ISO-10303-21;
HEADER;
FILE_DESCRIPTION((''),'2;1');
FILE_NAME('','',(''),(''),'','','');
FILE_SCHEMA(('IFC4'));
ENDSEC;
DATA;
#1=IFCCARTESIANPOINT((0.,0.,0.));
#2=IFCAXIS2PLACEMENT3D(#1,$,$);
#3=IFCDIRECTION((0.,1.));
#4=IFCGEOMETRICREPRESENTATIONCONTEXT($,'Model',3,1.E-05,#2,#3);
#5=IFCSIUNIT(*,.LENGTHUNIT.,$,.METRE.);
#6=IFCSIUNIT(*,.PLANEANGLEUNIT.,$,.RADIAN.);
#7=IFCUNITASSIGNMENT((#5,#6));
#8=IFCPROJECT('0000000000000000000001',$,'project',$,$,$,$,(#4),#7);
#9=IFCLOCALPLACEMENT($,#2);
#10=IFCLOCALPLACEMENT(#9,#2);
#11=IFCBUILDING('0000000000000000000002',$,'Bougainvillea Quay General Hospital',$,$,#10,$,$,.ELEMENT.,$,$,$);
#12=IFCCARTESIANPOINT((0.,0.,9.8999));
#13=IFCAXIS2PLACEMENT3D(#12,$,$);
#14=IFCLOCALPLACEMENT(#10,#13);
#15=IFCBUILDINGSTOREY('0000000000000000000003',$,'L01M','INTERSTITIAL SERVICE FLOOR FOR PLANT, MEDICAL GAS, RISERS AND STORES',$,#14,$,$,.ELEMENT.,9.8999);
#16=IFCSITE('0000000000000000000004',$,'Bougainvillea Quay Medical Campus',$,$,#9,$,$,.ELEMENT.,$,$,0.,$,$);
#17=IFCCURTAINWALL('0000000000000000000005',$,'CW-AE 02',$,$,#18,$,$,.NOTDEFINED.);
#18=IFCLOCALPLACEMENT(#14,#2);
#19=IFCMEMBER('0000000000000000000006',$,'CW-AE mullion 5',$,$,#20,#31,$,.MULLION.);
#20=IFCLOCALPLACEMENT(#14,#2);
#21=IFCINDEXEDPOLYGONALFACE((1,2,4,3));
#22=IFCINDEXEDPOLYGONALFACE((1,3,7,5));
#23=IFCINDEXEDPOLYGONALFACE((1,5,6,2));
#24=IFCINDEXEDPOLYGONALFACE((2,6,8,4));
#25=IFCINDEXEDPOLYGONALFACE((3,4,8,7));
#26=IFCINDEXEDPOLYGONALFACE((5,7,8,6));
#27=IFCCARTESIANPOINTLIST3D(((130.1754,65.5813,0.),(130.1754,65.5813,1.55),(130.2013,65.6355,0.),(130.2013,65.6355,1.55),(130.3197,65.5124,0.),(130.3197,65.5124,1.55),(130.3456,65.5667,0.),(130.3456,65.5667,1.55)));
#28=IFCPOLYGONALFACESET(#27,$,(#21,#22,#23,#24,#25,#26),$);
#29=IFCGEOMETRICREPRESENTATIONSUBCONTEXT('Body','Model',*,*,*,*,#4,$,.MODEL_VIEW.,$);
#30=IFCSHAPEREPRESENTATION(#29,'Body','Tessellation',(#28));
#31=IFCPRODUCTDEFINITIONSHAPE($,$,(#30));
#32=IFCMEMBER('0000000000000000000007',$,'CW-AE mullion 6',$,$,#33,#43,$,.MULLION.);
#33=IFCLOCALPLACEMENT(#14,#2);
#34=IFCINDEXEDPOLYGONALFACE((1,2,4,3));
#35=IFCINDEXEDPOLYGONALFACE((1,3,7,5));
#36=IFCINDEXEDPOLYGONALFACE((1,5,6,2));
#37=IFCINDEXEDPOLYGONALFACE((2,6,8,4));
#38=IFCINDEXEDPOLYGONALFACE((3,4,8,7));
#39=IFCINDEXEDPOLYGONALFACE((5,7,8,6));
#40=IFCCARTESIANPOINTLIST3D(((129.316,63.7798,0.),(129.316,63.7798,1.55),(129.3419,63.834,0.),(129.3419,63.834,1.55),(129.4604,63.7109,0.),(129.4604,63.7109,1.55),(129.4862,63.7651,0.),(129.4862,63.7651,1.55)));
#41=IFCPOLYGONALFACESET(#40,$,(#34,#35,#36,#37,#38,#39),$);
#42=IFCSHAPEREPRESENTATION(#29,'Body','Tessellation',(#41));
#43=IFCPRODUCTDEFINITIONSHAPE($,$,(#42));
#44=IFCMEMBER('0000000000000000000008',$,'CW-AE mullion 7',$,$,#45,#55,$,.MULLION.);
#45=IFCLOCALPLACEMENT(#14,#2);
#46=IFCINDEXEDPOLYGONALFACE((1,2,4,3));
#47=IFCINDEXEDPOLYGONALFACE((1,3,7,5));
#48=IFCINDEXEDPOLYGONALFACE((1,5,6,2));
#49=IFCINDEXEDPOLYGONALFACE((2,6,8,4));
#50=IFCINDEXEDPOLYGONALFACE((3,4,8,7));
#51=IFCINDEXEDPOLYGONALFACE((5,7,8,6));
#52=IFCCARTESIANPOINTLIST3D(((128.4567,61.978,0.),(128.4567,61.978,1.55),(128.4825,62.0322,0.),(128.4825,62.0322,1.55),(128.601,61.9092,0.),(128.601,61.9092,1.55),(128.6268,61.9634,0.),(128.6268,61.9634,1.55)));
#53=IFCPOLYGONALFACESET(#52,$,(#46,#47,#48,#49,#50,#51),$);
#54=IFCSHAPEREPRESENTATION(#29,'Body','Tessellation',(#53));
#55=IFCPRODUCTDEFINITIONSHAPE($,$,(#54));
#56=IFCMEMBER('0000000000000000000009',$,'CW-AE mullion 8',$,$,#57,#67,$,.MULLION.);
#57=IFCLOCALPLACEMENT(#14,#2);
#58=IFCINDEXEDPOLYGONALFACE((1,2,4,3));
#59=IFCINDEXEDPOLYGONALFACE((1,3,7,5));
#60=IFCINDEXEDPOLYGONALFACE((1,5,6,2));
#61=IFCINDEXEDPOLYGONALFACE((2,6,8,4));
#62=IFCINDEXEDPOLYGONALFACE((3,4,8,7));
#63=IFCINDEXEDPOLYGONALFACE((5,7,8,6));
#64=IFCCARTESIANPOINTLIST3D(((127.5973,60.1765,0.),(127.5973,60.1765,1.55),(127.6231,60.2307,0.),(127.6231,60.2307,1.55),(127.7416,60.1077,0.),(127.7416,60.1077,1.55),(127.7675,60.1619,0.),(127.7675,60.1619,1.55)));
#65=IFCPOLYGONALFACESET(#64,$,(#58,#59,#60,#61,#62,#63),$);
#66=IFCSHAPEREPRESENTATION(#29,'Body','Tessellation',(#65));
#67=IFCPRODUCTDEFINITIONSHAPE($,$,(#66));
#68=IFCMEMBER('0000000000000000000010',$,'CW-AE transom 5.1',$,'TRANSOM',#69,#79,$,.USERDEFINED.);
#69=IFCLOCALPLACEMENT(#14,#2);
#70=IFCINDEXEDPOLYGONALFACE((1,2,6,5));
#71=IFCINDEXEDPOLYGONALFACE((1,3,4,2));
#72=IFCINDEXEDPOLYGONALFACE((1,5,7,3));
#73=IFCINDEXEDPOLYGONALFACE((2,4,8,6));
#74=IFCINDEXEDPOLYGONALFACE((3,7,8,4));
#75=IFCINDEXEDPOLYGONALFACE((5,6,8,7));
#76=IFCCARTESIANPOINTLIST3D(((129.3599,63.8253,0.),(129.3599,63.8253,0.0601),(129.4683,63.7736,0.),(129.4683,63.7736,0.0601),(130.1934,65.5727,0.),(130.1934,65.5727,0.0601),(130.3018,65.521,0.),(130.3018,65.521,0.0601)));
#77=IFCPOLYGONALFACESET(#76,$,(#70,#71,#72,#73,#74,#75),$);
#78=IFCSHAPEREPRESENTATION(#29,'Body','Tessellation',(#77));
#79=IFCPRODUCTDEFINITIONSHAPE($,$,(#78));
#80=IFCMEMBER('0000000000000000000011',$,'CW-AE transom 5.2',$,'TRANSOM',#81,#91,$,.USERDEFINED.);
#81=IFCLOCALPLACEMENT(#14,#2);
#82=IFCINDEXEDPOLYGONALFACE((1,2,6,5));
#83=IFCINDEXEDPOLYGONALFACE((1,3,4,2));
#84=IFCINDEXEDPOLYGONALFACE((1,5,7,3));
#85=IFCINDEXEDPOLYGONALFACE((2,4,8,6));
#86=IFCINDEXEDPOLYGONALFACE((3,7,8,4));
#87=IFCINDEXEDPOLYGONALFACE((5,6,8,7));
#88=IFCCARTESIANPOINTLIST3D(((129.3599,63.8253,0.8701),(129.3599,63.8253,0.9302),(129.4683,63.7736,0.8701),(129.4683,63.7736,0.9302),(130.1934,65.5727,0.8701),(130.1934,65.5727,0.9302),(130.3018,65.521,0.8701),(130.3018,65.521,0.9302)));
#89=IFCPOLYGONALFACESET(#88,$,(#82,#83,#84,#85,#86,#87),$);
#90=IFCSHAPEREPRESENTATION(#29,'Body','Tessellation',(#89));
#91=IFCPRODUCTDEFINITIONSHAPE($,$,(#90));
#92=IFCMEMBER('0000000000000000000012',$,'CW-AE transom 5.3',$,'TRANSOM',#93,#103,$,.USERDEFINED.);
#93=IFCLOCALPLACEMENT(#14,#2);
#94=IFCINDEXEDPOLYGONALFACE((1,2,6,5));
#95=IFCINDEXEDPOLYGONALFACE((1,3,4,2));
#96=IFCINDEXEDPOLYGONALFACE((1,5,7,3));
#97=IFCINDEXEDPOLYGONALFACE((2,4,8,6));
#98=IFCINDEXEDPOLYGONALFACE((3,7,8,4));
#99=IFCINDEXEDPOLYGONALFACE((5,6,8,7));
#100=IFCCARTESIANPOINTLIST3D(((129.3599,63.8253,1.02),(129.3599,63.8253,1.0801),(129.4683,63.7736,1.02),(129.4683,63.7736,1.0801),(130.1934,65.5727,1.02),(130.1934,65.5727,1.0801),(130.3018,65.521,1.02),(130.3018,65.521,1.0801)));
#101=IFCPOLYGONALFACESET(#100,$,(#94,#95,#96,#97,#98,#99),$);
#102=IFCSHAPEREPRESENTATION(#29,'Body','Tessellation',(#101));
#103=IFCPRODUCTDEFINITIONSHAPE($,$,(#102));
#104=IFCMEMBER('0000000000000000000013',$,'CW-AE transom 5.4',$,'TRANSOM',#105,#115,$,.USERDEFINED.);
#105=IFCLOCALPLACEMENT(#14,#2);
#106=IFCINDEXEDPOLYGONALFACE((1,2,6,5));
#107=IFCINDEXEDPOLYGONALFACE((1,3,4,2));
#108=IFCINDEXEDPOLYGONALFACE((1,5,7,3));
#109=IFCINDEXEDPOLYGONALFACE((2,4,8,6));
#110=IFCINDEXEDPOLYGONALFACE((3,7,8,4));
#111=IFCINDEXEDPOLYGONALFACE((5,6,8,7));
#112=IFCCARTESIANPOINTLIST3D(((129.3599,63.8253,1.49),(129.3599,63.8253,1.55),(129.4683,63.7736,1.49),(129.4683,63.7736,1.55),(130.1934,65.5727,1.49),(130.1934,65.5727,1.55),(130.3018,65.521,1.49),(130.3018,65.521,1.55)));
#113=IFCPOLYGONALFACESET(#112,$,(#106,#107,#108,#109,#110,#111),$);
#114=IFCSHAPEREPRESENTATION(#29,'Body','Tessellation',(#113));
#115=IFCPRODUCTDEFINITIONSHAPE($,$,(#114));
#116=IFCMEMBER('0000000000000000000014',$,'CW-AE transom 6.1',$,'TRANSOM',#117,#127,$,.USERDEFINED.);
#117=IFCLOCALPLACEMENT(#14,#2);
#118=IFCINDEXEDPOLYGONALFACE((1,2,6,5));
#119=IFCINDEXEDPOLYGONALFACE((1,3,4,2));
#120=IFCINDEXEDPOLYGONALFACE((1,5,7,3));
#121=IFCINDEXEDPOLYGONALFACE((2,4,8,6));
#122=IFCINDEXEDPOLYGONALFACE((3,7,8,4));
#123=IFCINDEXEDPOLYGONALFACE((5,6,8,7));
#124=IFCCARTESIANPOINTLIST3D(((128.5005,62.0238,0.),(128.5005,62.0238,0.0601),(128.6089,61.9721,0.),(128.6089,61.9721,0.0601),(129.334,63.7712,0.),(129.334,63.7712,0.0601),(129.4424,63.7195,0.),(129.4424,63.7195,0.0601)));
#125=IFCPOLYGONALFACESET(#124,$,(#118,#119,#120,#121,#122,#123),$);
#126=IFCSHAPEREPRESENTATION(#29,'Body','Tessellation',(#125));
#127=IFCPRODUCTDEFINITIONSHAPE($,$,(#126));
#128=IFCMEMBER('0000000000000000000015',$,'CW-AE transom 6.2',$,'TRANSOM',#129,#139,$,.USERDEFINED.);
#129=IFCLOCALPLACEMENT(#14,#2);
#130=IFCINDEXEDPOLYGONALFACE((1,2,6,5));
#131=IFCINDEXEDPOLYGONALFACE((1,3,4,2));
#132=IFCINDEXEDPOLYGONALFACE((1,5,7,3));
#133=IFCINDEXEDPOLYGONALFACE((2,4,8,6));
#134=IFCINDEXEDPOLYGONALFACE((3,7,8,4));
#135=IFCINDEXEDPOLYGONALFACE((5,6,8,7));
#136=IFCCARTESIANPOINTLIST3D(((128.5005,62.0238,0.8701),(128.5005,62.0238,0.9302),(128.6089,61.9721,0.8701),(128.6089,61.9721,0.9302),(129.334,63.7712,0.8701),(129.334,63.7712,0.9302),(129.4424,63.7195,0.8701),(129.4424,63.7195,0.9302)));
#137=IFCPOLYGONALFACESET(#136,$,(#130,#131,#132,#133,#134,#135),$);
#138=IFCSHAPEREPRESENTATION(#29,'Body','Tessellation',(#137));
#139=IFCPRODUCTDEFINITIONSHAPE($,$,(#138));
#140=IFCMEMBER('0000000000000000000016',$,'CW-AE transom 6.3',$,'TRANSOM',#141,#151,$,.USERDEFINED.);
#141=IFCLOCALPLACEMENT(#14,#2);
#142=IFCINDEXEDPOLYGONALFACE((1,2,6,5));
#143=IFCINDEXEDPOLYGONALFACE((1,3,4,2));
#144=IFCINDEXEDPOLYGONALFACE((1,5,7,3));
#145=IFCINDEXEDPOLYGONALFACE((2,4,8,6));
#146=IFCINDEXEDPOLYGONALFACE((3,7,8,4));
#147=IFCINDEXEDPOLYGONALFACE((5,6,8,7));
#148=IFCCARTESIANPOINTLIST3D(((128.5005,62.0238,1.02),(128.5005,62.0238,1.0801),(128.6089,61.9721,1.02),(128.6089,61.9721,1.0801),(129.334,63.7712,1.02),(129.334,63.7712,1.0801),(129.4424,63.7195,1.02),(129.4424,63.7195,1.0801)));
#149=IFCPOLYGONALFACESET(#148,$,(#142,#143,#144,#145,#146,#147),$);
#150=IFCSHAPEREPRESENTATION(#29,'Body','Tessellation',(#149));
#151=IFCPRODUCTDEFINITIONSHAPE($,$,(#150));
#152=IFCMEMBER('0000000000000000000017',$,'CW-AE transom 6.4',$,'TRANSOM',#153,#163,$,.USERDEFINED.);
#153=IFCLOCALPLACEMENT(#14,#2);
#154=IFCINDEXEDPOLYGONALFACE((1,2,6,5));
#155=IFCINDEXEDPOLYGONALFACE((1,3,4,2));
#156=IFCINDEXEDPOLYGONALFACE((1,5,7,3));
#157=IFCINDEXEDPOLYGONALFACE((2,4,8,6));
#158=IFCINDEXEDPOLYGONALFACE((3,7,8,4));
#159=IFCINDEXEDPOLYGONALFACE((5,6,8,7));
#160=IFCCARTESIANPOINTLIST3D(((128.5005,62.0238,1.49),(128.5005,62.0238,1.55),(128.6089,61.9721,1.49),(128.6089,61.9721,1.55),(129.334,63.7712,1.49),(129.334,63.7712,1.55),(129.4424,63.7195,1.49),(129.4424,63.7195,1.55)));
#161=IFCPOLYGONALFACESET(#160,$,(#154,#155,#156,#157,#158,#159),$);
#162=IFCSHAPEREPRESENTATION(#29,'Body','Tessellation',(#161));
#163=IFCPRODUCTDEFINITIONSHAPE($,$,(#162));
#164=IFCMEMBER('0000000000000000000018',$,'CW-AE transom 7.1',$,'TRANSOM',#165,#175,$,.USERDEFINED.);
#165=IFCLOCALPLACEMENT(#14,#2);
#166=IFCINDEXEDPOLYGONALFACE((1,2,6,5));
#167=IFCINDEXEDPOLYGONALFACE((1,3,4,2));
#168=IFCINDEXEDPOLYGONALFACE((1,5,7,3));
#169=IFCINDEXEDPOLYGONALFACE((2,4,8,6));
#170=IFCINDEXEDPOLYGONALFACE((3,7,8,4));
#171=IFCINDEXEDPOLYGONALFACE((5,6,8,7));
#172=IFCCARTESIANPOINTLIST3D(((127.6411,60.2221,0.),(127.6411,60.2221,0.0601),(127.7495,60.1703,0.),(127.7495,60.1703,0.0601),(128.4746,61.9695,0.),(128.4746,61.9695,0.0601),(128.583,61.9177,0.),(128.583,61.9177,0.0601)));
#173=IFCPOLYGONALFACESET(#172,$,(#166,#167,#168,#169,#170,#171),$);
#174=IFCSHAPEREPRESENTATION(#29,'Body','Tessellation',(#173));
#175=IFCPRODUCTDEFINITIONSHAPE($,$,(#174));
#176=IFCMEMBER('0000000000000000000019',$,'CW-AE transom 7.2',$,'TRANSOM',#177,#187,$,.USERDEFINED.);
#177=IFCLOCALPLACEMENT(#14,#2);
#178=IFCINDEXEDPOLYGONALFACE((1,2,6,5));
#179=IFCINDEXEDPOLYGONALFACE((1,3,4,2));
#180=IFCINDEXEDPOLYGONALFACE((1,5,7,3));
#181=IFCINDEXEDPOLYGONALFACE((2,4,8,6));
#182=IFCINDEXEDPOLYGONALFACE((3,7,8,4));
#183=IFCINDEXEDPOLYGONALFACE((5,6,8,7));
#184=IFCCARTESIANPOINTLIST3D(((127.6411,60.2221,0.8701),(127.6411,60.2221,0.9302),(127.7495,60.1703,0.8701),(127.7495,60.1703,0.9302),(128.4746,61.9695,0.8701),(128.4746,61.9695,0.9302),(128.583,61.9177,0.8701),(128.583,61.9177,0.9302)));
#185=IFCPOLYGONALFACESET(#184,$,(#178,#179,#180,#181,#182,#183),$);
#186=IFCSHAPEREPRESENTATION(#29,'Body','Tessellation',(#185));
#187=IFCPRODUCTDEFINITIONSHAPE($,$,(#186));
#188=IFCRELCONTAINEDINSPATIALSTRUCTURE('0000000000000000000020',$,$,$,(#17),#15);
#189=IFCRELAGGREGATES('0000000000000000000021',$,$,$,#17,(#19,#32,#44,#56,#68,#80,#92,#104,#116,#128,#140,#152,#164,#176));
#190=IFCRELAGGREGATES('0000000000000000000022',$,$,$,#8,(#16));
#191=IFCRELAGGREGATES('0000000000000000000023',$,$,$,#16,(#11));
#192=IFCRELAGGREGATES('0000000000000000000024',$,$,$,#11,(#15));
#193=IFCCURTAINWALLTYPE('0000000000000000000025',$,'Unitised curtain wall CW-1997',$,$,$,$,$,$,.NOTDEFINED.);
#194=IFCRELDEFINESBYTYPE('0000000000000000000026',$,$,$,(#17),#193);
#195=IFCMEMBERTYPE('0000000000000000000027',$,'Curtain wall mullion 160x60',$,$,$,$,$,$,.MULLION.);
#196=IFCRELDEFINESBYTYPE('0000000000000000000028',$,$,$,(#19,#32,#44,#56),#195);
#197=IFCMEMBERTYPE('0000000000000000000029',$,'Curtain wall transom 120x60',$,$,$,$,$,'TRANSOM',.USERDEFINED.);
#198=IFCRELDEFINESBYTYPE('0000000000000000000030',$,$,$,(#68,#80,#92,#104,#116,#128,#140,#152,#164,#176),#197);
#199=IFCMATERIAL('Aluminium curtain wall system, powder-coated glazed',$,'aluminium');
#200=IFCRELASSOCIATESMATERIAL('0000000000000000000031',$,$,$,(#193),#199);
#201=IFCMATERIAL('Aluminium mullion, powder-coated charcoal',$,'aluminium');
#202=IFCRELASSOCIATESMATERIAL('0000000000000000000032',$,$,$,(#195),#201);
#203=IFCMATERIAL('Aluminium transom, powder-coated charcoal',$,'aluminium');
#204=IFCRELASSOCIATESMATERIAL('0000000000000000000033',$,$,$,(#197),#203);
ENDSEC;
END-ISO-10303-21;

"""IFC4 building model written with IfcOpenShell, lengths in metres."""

from ifc_helpers import new_model, si_unit, direction, frame, origin, origin_2d, place, context, subcontext, project, spatial, rectangle, extrude, material, material_profile, profile_set, type_object, element, aggregate, save


model = new_model("IFC4")

# Units and contexts
model_context = context("Model", 3, precision=1e-05, world=origin(), true_north=direction((0.0, 1.0)))
body_context = subcontext(model_context, "Body", "Model", "MODEL_VIEW")
ifc_project = project(units=[si_unit("LENGTHUNIT", "METRE"), si_unit("PLANEANGLEUNIT", "RADIAN")], contexts=[model_context])

# Site, building, storey
site_placement = place(None, origin())
site = spatial("IfcSite", under=ifc_project, at=site_placement, Name="Bougainvillea Quay Medical Campus", CompositionType="ELEMENT", RefElevation=0.0)
building_placement = place(site_placement, origin())
building = spatial("IfcBuilding", under=site, at=building_placement, Name="Bougainvillea Quay General Hospital", CompositionType="ELEMENT")
storey_placement = place(building_placement, frame((0.0, 0.0, 9.8999)))
storey = spatial("IfcBuildingStorey", under=building, at=storey_placement, Name="L01M", Description="INTERSTITIAL SERVICE FLOOR FOR PLANT, MEDICAL GAS, RISERS AND STORES", CompositionType="ELEMENT", Elevation=9.8999)

# Curtain wall, members
ifc_material_1 = material(Name="Aluminium curtain wall system, powder-coated glazed", Category="aluminium")
curtain_wall_type = type_object("IfcCurtainWallType", Name="Unitised curtain wall CW-1997", PredefinedType="NOTDEFINED", material=ifc_material_1)
curtain_wall_placement = place(storey_placement, origin())
curtain_wall = element("IfcCurtainWall", 1, at=curtain_wall_placement, inside=storey, type_object=curtain_wall_type, Name="CW-AE 02", PredefinedType="NOTDEFINED")
ifc_material_2 = material(Name="Aluminium mullion, powder-coated charcoal", Category="aluminium")
ifc_material_profile_1 = material_profile(ifc_material_2, rectangle(XDim=0.1599, YDim=0.0601, at=origin_2d()))
ifc_profile_set_1 = profile_set([ifc_material_profile_1], Name="Aluminium mullion, powder-coated charcoal")
member_type_1 = type_object("IfcMemberType", Name="Curtain wall mullion 160x60", PredefinedType="MULLION", material=ifc_profile_set_1)
member_1_placement = place(storey_placement, frame((130.2605, 65.574, 0.0), z_axis=(0.0, 0.0, 1.0), x_axis=(0.902578, -0.430525, 0.0)))
member_1 = element("IfcMember", 2, at=member_1_placement, type_object=member_type_1, Name="CW-AE mullion 5", PredefinedType="MULLION", context=body_context, shape_type="SweptSolid", body=[
    extrude(rectangle(XDim=0.1599, YDim=0.0601, at=origin_2d()), origin(), (0.0, 0.0, 1.0), 1.55),
])
member_2_placement = place(storey_placement, frame((129.4011, 63.7725, 0.0), z_axis=(0.0, 0.0, 1.0), x_axis=(0.902578, -0.430525, 0.0)))
member_2 = element("IfcMember", 3, at=member_2_placement, type_object=member_type_1, Name="CW-AE mullion 6", PredefinedType="MULLION", context=body_context, shape_type="SweptSolid", body=[
    extrude(rectangle(XDim=0.1599, YDim=0.0601, at=origin_2d()), origin(), (0.0, 0.0, 1.0), 1.55),
])
member_3_placement = place(storey_placement, frame((128.5417, 61.9707, 0.0), z_axis=(0.0, 0.0, 1.0), x_axis=(0.902578, -0.430525, 0.0)))
member_3 = element("IfcMember", 4, at=member_3_placement, type_object=member_type_1, Name="CW-AE mullion 7", PredefinedType="MULLION", context=body_context, shape_type="SweptSolid", body=[
    extrude(rectangle(XDim=0.1599, YDim=0.0601, at=origin_2d()), origin(), (0.0, 0.0, 1.0), 1.55),
])
member_4_placement = place(storey_placement, frame((127.6824, 60.1692, 0.0), z_axis=(0.0, 0.0, 1.0), x_axis=(0.902578, -0.430525, 0.0)))
member_4 = element("IfcMember", 5, at=member_4_placement, type_object=member_type_1, Name="CW-AE mullion 8", PredefinedType="MULLION", context=body_context, shape_type="SweptSolid", body=[
    extrude(rectangle(XDim=0.1599, YDim=0.0601, at=origin_2d()), origin(), (0.0, 0.0, 1.0), 1.55),
])
ifc_material_3 = material(Name="Aluminium transom, powder-coated charcoal", Category="aluminium")
ifc_material_profile_2 = material_profile(ifc_material_3, rectangle(XDim=0.1201, YDim=0.0601, at=origin_2d()))
ifc_profile_set_2 = profile_set([ifc_material_profile_2], Name="Aluminium transom, powder-coated charcoal")
member_type_2 = type_object("IfcMemberType", Name="Curtain wall transom 120x60", ElementType="TRANSOM", PredefinedType="USERDEFINED", material=ifc_profile_set_2)
member_5_placement = place(storey_placement, frame((130.2476, 65.5469, 0.03), z_axis=(-0.430491, -0.902595, 0.0), x_axis=(0.902595, -0.430491, 0.0)))
member_5 = element("IfcMember", 6, at=member_5_placement, type_object=member_type_2, Name="CW-AE transom 5.1", ObjectType="TRANSOM", PredefinedType="USERDEFINED", context=body_context, shape_type="SweptSolid", body=[
    extrude(rectangle(XDim=0.1201, YDim=0.0601, at=origin_2d()), origin(), (0.0, 0.0, 1.0), 1.936),
])
member_6_placement = place(storey_placement, frame((130.2476, 65.5469, 0.9001), z_axis=(-0.430491, -0.902595, 0.0), x_axis=(0.902595, -0.430491, 0.0)))
member_6 = element("IfcMember", 7, at=member_6_placement, type_object=member_type_2, Name="CW-AE transom 5.2", ObjectType="TRANSOM", PredefinedType="USERDEFINED", context=body_context, shape_type="SweptSolid", body=[
    extrude(rectangle(XDim=0.1201, YDim=0.0601, at=origin_2d()), origin(), (0.0, 0.0, 1.0), 1.936),
])
member_7_placement = place(storey_placement, frame((130.2476, 65.5469, 1.05), z_axis=(-0.430491, -0.902595, 0.0), x_axis=(0.902595, -0.430491, 0.0)))
member_7 = element("IfcMember", 8, at=member_7_placement, type_object=member_type_2, Name="CW-AE transom 5.3", ObjectType="TRANSOM", PredefinedType="USERDEFINED", context=body_context, shape_type="SweptSolid", body=[
    extrude(rectangle(XDim=0.1201, YDim=0.0601, at=origin_2d()), origin(), (0.0, 0.0, 1.0), 1.936),
])
member_8_placement = place(storey_placement, frame((130.2476, 65.5469, 1.52), z_axis=(-0.430491, -0.902595, 0.0), x_axis=(0.902595, -0.430491, 0.0)))
member_8 = element("IfcMember", 9, at=member_8_placement, type_object=member_type_2, Name="CW-AE transom 5.4", ObjectType="TRANSOM", PredefinedType="USERDEFINED", context=body_context, shape_type="SweptSolid", body=[
    extrude(rectangle(XDim=0.1201, YDim=0.0601, at=origin_2d()), origin(), (0.0, 0.0, 1.0), 1.936),
])
member_9_placement = place(storey_placement, frame((129.3882, 63.7454, 0.03), z_axis=(-0.430491, -0.902595, 0.0), x_axis=(0.902595, -0.430491, 0.0)))
member_9 = element("IfcMember", 10, at=member_9_placement, type_object=member_type_2, Name="CW-AE transom 6.1", ObjectType="TRANSOM", PredefinedType="USERDEFINED", context=body_context, shape_type="SweptSolid", body=[
    extrude(rectangle(XDim=0.1201, YDim=0.0601, at=origin_2d()), origin(), (0.0, 0.0, 1.0), 1.936),
])
member_10_placement = place(storey_placement, frame((129.3882, 63.7454, 0.9001), z_axis=(-0.430491, -0.902595, 0.0), x_axis=(0.902595, -0.430491, 0.0)))
member_10 = element("IfcMember", 11, at=member_10_placement, type_object=member_type_2, Name="CW-AE transom 6.2", ObjectType="TRANSOM", PredefinedType="USERDEFINED", context=body_context, shape_type="SweptSolid", body=[
    extrude(rectangle(XDim=0.1201, YDim=0.0601, at=origin_2d()), origin(), (0.0, 0.0, 1.0), 1.936),
])
member_11_placement = place(storey_placement, frame((129.3882, 63.7454, 1.05), z_axis=(-0.430491, -0.902595, 0.0), x_axis=(0.902595, -0.430491, 0.0)))
member_11 = element("IfcMember", 12, at=member_11_placement, type_object=member_type_2, Name="CW-AE transom 6.3", ObjectType="TRANSOM", PredefinedType="USERDEFINED", context=body_context, shape_type="SweptSolid", body=[
    extrude(rectangle(XDim=0.1201, YDim=0.0601, at=origin_2d()), origin(), (0.0, 0.0, 1.0), 1.936),
])
member_12_placement = place(storey_placement, frame((129.3882, 63.7454, 1.52), z_axis=(-0.430491, -0.902595, 0.0), x_axis=(0.902595, -0.430491, 0.0)))
member_12 = element("IfcMember", 13, at=member_12_placement, type_object=member_type_2, Name="CW-AE transom 6.4", ObjectType="TRANSOM", PredefinedType="USERDEFINED", context=body_context, shape_type="SweptSolid", body=[
    extrude(rectangle(XDim=0.1201, YDim=0.0601, at=origin_2d()), origin(), (0.0, 0.0, 1.0), 1.936),
])
member_13_placement = place(storey_placement, frame((128.5288, 61.9436, 0.03), z_axis=(-0.43054, -0.902571, 0.0), x_axis=(0.902571, -0.43054, 0.0)))
member_13 = element("IfcMember", 14, at=member_13_placement, type_object=member_type_2, Name="CW-AE transom 7.1", ObjectType="TRANSOM", PredefinedType="USERDEFINED", context=body_context, shape_type="SweptSolid", body=[
    extrude(rectangle(XDim=0.1201, YDim=0.0601, at=origin_2d()), origin(), (0.0, 0.0, 1.0), 1.936),
])
member_14_placement = place(storey_placement, frame((128.5288, 61.9436, 0.9001), z_axis=(-0.43054, -0.902571, 0.0), x_axis=(0.902571, -0.43054, 0.0)))
member_14 = element("IfcMember", 15, at=member_14_placement, type_object=member_type_2, Name="CW-AE transom 7.2", ObjectType="TRANSOM", PredefinedType="USERDEFINED", context=body_context, shape_type="SweptSolid", body=[
    extrude(rectangle(XDim=0.1201, YDim=0.0601, at=origin_2d()), origin(), (0.0, 0.0, 1.0), 1.936),
])
aggregate(curtain_wall, [member_1, member_2, member_3, member_4, member_5, member_6, member_7, member_8, member_9, member_10, member_11, member_12, member_13, member_14])

save(model, "model.ifc")
